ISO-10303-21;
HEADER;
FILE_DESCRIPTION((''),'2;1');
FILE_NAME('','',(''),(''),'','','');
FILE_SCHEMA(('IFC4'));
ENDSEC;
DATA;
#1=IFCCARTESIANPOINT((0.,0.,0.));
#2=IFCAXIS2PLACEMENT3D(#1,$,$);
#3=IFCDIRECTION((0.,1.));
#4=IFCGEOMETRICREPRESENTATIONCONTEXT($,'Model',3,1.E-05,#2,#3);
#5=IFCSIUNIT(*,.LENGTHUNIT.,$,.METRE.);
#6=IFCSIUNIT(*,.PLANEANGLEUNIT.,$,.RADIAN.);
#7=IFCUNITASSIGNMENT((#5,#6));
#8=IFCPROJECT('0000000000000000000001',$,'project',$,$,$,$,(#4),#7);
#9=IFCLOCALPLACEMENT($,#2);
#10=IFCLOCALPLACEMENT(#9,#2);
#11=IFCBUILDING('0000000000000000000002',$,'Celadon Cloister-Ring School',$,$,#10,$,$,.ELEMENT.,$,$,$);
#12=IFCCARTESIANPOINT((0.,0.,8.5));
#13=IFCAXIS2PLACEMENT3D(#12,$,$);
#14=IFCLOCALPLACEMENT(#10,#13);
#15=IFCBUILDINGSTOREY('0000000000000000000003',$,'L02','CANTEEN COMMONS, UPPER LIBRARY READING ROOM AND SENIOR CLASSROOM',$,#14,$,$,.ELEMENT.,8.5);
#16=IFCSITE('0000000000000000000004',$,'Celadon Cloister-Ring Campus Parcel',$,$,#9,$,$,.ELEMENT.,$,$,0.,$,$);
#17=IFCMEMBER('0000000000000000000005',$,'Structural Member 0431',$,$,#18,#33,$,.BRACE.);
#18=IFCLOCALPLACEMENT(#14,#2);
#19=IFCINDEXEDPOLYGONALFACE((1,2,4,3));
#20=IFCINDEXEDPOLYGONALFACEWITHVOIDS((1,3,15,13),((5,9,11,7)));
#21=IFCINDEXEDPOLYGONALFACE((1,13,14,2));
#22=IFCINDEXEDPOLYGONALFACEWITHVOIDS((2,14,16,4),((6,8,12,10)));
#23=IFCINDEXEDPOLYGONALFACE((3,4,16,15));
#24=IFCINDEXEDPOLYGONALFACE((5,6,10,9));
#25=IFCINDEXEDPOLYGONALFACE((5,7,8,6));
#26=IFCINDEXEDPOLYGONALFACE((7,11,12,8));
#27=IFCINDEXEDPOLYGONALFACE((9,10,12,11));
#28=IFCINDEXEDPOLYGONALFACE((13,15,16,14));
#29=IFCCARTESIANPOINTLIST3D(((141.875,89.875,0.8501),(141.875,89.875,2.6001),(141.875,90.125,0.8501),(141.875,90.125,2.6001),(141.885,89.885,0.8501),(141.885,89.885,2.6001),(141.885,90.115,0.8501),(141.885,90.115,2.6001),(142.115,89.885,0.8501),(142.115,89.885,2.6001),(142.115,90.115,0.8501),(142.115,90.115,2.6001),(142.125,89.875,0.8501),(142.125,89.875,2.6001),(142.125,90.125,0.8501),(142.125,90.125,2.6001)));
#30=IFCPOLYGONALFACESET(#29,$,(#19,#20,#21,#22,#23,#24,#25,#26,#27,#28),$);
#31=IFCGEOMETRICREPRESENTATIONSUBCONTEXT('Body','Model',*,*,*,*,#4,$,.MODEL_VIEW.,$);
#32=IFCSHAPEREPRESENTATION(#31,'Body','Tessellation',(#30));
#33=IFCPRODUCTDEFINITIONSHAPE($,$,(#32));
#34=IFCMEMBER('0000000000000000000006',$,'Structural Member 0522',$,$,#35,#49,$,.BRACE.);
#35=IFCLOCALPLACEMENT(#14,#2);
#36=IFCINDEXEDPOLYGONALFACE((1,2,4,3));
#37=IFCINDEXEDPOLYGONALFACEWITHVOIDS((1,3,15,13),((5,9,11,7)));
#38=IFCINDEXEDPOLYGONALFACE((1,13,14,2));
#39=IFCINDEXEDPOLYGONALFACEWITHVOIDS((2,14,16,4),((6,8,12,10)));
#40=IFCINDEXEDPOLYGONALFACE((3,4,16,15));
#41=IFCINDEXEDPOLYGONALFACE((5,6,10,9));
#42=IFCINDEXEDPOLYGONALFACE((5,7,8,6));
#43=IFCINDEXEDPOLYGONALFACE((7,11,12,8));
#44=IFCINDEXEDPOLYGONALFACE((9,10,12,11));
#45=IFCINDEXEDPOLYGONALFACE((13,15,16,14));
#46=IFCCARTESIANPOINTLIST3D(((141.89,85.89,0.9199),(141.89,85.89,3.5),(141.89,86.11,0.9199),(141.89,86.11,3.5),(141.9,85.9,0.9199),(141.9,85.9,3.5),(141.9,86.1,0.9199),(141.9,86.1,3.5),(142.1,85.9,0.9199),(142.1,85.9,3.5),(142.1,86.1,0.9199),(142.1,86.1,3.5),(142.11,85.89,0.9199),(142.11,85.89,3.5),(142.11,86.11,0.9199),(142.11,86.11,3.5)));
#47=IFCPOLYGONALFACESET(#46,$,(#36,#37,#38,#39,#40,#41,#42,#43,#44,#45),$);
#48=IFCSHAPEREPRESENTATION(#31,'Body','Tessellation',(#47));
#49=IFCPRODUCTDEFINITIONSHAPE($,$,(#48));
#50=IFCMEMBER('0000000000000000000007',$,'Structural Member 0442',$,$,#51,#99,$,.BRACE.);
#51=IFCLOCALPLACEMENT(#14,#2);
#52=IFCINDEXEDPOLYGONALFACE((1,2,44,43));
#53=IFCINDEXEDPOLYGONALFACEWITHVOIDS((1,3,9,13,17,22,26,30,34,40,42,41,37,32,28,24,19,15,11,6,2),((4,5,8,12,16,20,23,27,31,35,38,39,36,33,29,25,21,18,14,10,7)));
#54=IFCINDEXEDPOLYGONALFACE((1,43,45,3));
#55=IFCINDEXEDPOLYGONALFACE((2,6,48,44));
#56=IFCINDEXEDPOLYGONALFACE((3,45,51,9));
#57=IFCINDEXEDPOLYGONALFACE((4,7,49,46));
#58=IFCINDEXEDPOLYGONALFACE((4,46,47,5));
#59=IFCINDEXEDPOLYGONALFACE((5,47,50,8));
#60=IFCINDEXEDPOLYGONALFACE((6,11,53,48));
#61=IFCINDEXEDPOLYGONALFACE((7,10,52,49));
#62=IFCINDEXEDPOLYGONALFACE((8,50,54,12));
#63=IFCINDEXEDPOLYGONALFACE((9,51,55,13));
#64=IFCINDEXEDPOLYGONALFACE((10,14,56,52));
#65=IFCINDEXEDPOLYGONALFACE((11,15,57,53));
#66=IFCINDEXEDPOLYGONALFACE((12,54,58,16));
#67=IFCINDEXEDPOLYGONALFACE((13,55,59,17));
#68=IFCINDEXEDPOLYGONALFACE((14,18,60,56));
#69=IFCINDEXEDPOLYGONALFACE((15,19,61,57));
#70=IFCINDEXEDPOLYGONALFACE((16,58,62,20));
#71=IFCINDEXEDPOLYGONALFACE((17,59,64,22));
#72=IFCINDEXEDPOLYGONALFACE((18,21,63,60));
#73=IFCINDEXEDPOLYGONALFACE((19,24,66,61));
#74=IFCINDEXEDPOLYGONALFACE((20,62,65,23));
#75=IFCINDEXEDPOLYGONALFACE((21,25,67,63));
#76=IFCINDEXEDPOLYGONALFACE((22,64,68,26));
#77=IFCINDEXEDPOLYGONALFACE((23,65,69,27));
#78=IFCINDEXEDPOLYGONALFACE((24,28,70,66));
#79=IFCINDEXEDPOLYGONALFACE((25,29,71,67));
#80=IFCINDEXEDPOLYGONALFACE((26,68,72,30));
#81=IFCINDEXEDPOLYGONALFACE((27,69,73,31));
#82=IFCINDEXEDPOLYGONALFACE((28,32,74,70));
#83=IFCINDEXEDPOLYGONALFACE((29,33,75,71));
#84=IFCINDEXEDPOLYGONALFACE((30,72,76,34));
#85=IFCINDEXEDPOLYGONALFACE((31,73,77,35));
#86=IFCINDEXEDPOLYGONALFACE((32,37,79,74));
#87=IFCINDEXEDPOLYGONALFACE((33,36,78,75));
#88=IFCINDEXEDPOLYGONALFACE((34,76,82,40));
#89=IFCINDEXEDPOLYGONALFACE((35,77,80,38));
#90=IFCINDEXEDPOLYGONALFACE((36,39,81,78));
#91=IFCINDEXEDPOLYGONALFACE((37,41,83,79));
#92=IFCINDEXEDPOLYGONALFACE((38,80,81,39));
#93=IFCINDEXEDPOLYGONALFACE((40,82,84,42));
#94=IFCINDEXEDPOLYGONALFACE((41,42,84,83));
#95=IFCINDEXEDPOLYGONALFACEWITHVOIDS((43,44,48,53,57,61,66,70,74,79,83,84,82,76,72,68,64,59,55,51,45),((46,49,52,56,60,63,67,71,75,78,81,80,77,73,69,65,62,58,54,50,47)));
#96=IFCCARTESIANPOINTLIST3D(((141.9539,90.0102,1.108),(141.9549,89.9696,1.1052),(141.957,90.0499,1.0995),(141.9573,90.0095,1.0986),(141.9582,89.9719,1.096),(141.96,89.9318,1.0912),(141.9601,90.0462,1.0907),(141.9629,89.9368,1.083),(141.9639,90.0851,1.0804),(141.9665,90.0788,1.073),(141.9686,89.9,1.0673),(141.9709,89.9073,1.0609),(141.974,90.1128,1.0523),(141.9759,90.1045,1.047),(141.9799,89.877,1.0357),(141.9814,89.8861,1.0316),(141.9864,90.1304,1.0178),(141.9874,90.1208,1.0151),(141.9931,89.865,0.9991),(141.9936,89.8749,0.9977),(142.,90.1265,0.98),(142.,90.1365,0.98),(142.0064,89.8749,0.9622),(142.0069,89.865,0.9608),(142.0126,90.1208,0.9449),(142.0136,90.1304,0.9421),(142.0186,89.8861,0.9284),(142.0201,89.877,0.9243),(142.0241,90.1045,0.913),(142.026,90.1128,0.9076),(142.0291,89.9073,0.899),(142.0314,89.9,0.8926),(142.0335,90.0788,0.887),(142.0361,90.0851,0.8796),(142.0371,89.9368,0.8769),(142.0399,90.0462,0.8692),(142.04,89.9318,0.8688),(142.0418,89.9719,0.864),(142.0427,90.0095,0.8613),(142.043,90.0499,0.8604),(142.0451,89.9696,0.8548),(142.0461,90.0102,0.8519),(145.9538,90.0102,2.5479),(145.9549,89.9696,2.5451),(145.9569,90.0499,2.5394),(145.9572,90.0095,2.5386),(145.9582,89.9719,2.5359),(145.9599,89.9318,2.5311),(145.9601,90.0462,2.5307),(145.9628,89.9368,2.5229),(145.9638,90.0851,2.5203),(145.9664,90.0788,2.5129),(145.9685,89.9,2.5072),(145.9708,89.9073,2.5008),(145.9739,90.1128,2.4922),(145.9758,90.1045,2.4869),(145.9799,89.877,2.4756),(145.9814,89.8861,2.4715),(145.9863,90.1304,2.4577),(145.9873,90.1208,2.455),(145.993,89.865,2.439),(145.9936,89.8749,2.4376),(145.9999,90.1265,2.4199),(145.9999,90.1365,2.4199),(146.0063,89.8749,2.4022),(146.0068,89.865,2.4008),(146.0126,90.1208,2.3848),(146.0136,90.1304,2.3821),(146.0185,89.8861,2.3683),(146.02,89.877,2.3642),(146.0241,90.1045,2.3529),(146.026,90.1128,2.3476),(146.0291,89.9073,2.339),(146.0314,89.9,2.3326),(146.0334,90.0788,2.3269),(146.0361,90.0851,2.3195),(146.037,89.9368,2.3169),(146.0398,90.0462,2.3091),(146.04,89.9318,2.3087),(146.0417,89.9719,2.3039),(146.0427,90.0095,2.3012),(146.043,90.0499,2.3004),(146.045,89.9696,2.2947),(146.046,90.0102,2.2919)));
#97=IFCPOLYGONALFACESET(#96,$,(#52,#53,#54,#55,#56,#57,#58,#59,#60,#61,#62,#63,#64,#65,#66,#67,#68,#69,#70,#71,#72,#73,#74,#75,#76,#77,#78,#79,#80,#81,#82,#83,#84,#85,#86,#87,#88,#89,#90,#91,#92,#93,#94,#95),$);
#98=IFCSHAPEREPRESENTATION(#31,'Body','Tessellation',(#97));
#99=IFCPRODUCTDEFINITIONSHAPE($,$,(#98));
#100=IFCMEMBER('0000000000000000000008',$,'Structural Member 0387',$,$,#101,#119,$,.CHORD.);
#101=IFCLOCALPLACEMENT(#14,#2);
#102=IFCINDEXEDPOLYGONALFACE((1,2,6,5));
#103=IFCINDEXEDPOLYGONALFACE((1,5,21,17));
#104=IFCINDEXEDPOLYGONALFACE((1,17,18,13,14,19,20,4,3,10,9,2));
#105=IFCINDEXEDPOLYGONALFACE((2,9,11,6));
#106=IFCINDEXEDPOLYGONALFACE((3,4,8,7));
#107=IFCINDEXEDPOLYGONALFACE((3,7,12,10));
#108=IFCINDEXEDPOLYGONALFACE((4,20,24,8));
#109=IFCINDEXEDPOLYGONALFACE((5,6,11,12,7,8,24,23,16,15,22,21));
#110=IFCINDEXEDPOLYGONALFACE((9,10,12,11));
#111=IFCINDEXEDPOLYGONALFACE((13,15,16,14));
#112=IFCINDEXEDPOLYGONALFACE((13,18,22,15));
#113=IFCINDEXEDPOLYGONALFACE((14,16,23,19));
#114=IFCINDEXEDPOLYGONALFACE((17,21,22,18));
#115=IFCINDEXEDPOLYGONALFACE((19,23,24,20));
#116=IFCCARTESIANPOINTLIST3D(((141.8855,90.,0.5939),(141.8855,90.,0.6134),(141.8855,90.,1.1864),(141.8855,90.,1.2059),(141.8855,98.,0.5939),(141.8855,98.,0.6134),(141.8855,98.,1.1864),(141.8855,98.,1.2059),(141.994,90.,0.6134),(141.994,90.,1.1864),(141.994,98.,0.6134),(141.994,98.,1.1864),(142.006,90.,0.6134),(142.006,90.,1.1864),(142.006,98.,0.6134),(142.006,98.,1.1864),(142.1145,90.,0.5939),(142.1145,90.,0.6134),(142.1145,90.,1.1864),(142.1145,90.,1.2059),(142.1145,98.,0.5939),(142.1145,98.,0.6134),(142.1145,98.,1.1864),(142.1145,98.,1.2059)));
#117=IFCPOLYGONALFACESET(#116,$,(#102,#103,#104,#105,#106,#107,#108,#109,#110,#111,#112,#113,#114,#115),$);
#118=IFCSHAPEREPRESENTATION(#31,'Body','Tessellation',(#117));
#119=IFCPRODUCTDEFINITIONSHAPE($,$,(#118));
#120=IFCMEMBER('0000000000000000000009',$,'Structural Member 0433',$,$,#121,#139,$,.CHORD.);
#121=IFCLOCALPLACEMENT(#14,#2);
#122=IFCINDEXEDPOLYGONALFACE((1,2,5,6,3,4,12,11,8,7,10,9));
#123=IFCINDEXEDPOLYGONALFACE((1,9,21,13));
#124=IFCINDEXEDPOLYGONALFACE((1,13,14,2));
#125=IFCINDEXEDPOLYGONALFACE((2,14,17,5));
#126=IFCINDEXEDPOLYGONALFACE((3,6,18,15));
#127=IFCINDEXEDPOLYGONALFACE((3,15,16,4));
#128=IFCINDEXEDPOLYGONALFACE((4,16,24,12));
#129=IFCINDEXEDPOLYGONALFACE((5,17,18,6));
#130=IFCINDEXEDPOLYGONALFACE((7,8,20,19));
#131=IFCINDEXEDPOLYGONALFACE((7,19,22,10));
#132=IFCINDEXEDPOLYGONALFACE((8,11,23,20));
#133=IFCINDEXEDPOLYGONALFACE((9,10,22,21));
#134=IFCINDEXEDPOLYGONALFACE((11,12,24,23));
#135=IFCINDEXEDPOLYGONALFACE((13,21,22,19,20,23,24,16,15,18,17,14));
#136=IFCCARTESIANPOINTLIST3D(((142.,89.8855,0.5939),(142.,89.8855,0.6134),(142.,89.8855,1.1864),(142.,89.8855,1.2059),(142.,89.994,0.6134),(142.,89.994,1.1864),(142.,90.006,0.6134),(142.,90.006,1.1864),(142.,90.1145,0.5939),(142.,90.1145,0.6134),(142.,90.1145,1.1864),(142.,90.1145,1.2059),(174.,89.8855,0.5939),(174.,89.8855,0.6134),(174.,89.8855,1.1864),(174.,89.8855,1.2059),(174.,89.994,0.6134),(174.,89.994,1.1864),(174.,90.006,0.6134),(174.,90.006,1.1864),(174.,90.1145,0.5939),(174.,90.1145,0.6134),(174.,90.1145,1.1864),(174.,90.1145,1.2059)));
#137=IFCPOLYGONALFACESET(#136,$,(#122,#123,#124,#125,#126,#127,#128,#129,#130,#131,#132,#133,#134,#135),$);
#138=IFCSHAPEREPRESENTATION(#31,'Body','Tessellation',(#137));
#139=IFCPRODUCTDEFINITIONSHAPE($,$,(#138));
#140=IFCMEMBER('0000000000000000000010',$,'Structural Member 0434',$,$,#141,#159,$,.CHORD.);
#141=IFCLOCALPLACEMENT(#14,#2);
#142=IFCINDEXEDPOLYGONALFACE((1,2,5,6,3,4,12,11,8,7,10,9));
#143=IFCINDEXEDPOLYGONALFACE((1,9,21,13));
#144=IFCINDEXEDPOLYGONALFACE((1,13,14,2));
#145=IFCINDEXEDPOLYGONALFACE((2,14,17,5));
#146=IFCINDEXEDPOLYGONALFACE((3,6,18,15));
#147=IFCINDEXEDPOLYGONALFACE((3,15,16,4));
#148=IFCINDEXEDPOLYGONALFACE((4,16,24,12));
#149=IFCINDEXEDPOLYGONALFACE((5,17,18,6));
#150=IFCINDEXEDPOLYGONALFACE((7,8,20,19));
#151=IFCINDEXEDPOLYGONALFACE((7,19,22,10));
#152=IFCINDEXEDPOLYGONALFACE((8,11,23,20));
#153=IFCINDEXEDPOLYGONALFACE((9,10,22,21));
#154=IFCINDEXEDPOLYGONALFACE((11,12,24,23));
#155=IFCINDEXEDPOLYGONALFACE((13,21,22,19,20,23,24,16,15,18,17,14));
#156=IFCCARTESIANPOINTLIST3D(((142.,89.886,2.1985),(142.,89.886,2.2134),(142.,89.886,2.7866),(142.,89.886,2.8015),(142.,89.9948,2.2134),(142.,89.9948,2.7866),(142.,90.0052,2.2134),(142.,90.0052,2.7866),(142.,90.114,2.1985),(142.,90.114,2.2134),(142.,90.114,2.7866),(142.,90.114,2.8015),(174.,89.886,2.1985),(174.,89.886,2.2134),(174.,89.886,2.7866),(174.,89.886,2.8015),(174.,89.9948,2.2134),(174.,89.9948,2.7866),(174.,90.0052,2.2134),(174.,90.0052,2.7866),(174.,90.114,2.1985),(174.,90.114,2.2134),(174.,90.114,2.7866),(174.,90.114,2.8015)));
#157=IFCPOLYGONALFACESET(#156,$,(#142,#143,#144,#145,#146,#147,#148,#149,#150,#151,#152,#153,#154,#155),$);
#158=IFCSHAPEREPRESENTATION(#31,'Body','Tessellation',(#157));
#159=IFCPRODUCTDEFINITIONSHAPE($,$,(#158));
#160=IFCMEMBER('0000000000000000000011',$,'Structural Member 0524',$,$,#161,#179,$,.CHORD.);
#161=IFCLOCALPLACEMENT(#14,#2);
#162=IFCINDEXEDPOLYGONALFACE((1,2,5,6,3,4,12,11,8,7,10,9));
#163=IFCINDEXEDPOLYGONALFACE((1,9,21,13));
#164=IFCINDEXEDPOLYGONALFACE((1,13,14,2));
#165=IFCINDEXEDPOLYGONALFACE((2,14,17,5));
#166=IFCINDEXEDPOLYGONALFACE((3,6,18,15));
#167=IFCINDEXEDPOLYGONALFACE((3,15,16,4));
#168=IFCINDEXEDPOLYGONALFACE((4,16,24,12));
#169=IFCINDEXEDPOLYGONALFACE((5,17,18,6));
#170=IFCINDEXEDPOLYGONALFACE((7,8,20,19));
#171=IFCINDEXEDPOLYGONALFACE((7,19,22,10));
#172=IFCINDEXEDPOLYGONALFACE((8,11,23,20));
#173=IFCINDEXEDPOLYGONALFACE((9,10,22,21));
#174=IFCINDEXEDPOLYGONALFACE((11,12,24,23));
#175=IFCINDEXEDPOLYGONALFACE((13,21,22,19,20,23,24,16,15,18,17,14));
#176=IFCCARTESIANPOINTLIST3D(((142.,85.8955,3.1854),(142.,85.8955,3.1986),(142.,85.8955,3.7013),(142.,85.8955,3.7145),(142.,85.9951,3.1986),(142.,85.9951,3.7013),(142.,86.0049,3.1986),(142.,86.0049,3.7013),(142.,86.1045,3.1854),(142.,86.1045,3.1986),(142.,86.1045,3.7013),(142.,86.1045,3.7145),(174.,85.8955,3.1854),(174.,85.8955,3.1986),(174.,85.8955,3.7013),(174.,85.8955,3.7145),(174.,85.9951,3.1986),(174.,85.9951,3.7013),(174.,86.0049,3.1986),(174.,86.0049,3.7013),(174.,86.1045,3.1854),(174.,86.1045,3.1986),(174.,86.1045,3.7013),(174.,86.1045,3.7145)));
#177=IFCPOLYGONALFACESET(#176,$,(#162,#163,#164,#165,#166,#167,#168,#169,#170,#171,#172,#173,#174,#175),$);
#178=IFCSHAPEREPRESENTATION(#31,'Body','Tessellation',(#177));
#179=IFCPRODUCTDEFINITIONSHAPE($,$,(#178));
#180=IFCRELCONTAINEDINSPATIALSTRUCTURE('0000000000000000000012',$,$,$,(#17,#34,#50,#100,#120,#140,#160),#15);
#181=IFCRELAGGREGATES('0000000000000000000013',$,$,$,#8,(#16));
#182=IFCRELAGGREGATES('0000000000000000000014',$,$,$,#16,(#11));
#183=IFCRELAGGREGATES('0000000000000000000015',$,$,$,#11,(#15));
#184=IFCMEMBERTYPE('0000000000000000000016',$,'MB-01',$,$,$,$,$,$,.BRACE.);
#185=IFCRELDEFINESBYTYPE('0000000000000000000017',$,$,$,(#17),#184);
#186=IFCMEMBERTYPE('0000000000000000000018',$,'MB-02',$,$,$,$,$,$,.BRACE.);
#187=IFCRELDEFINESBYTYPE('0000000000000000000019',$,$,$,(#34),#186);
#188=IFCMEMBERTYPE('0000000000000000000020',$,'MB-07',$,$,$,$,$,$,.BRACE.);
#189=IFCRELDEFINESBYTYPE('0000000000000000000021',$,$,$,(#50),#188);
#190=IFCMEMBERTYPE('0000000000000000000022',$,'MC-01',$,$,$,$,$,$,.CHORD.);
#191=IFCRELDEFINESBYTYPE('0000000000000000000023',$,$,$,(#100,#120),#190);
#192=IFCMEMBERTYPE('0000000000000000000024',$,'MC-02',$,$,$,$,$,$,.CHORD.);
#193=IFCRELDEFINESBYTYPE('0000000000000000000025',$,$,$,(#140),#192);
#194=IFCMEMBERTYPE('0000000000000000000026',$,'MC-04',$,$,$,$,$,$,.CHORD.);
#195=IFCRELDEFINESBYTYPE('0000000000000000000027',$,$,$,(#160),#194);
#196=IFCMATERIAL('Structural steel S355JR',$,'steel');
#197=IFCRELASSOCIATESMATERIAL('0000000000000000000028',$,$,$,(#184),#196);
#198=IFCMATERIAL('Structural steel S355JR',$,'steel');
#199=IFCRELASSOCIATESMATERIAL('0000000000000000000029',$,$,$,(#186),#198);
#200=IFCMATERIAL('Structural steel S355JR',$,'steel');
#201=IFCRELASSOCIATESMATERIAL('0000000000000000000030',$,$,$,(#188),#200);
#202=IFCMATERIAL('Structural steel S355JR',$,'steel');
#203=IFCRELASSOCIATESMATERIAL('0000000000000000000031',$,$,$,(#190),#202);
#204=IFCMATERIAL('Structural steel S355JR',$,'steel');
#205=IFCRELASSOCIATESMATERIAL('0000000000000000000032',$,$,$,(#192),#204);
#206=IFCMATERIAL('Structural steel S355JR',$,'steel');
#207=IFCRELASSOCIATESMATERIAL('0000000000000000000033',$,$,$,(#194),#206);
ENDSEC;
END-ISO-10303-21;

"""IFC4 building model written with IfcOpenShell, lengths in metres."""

from ifc_helpers import new_model, si_unit, direction, frame, origin, origin_2d, place, context, subcontext, project, spatial, hollow_rectangle, hollow_circle, i_section, extrude, material, material_profile, profile_set, type_object, element, save


model = new_model("IFC4")

# Units and contexts
model_context = context("Model", 3, precision=1e-05, world=origin(), true_north=direction((0.0, 1.0)))
body_context = subcontext(model_context, "Body", "Model", "MODEL_VIEW")
ifc_project = project(units=[si_unit("LENGTHUNIT", "METRE"), si_unit("PLANEANGLEUNIT", "RADIAN")], contexts=[model_context])

# Site, building, storey
site_placement = place(None, origin())
site = spatial("IfcSite", under=ifc_project, at=site_placement, Name="Celadon Cloister-Ring Campus Parcel", CompositionType="ELEMENT", RefElevation=0.0)
building_placement = place(site_placement, origin())
building = spatial("IfcBuilding", under=site, at=building_placement, Name="Celadon Cloister-Ring School", CompositionType="ELEMENT")
storey_placement = place(building_placement, frame((0.0, 0.0, 8.5)))
storey = spatial("IfcBuildingStorey", under=building, at=storey_placement, Name="L02", Description="CANTEEN COMMONS, UPPER LIBRARY READING ROOM AND SENIOR CLASSROOM", CompositionType="ELEMENT", Elevation=8.5)

# Members
ifc_material_1 = material(Name="Structural steel S355JR", Category="steel")
ifc_material_profile_1 = material_profile(ifc_material_1, hollow_rectangle(XDim=0.25, YDim=0.25, WallThickness=0.01, at=origin_2d()), Name="HSS250X250X10")
ifc_profile_set_1 = profile_set([ifc_material_profile_1], Name="Structural steel S355JR")
member_type_1 = type_object("IfcMemberType", Name="MB-01", PredefinedType="BRACE", material=ifc_profile_set_1)
member_1_placement = place(storey_placement, frame((142.0, 90.0, 0.8501), z_axis=(0.0, 0.0, 1.0), x_axis=(1.0, 0.0, 0.0)))
element("IfcMember", 1, at=member_1_placement, inside=storey, type_object=member_type_1, Name="Structural Member 0431", PredefinedType="BRACE", context=body_context, shape_type="SweptSolid", body=[
    extrude(hollow_rectangle(XDim=0.25, YDim=0.25, WallThickness=0.01, at=origin_2d()), origin(), (0.0, 0.0, 1.0), 1.75),
])
ifc_material_2 = material(Name="Structural steel S355JR", Category="steel")
ifc_material_profile_2 = material_profile(ifc_material_2, hollow_rectangle(XDim=0.22, YDim=0.22, WallThickness=0.01, at=origin_2d()), Name="HSS220X220X10")
ifc_profile_set_2 = profile_set([ifc_material_profile_2], Name="Structural steel S355JR")
member_type_2 = type_object("IfcMemberType", Name="MB-02", PredefinedType="BRACE", material=ifc_profile_set_2)
member_2_placement = place(storey_placement, frame((142.0, 86.0, 0.9199), z_axis=(0.0, 0.0, 1.0), x_axis=(1.0, 0.0, 0.0)))
element("IfcMember", 2, at=member_2_placement, inside=storey, type_object=member_type_2, Name="Structural Member 0522", PredefinedType="BRACE", context=body_context, shape_type="SweptSolid", body=[
    extrude(hollow_rectangle(XDim=0.22, YDim=0.22, WallThickness=0.01, at=origin_2d()), origin(), (0.0, 0.0, 1.0), 2.5801),
])
ifc_material_3 = material(Name="Structural steel S355JR", Category="steel")
ifc_material_profile_3 = material_profile(ifc_material_3, hollow_circle(Radius=0.1365, WallThickness=0.01, at=origin_2d()), Name="CHS273.0X10")
ifc_profile_set_3 = profile_set([ifc_material_profile_3], Name="Structural steel S355JR")
member_type_3 = type_object("IfcMemberType", Name="MB-07", PredefinedType="BRACE", material=ifc_profile_set_3)
member_3_placement = place(storey_placement, frame((142.0, 90.0, 0.98), z_axis=(0.940892, 0.0, 0.338707), x_axis=(0.0, 1.0, 0.0)))
element("IfcMember", 3, at=member_3_placement, inside=storey, type_object=member_type_3, Name="Structural Member 0442", PredefinedType="BRACE", context=body_context, shape_type="SweptSolid", body=[
    extrude(hollow_circle(Radius=0.1365, WallThickness=0.01, at=origin_2d()), origin(), (0.0, 0.0, 1.0), 4.2512),
])
ifc_material_4 = material(Name="Structural steel S355JR", Category="steel")
ifc_material_profile_4 = material_profile(ifc_material_4, i_section(OverallWidth=0.229, OverallDepth=0.6121, WebThickness=0.012, FlangeThickness=0.0195, at=origin_2d()), Name="W610X125")
ifc_profile_set_4 = profile_set([ifc_material_profile_4], Name="Structural steel S355JR")
member_type_4 = type_object("IfcMemberType", Name="MC-01", PredefinedType="CHORD", material=ifc_profile_set_4)
member_4_placement = place(storey_placement, frame((142.0, 90.0, 0.8999), z_axis=(0.0, 1.0, 0.0), x_axis=(-1.0, 0.0, 0.0)))
element("IfcMember", 4, at=member_4_placement, inside=storey, type_object=member_type_4, Name="Structural Member 0387", PredefinedType="CHORD", context=body_context, shape_type="SweptSolid", body=[
    extrude(i_section(OverallWidth=0.229, OverallDepth=0.6121, WebThickness=0.012, FlangeThickness=0.0195, at=origin_2d()), origin(), (0.0, 0.0, 1.0), 8.0),
])
member_5_placement = place(storey_placement, frame((142.0, 90.0, 0.8999), z_axis=(1.0, 0.0, 0.0), x_axis=(0.0, 1.0, 0.0)))
element("IfcMember", 5, at=member_5_placement, inside=storey, type_object=member_type_4, Name="Structural Member 0433", PredefinedType="CHORD", context=body_context, shape_type="SweptSolid", body=[
    extrude(i_section(OverallWidth=0.229, OverallDepth=0.6121, WebThickness=0.012, FlangeThickness=0.0195, at=origin_2d()), origin(), (0.0, 0.0, 1.0), 32.0),
])
ifc_material_5 = material(Name="Structural steel S355JR", Category="steel")
ifc_material_profile_5 = material_profile(ifc_material_5, i_section(OverallWidth=0.228, OverallDepth=0.603, WebThickness=0.0105, FlangeThickness=0.0149, at=origin_2d()), Name="W610X101")
ifc_profile_set_5 = profile_set([ifc_material_profile_5], Name="Structural steel S355JR")
member_type_5 = type_object("IfcMemberType", Name="MC-02", PredefinedType="CHORD", material=ifc_profile_set_5)
member_6_placement = place(storey_placement, frame((142.0, 90.0, 2.5), z_axis=(1.0, 0.0, 0.0), x_axis=(0.0, 1.0, 0.0)))
element("IfcMember", 6, at=member_6_placement, inside=storey, type_object=member_type_5, Name="Structural Member 0434", PredefinedType="CHORD", context=body_context, shape_type="SweptSolid", body=[
    extrude(i_section(OverallWidth=0.228, OverallDepth=0.603, WebThickness=0.0105, FlangeThickness=0.0149, at=origin_2d()), origin(), (0.0, 0.0, 1.0), 32.0),
])
ifc_material_6 = material(Name="Structural steel S355JR", Category="steel")
ifc_material_profile_6 = material_profile(ifc_material_6, i_section(OverallWidth=0.209, OverallDepth=0.5291, WebThickness=0.0098, FlangeThickness=0.0132, at=origin_2d()), Name="W530X74")
ifc_profile_set_6 = profile_set([ifc_material_profile_6], Name="Structural steel S355JR")
member_type_6 = type_object("IfcMemberType", Name="MC-04", PredefinedType="CHORD", material=ifc_profile_set_6)
member_7_placement = place(storey_placement, frame((142.0, 86.0, 3.45), z_axis=(1.0, 0.0, 0.0), x_axis=(0.0, 1.0, 0.0)))
element("IfcMember", 7, at=member_7_placement, inside=storey, type_object=member_type_6, Name="Structural Member 0524", PredefinedType="CHORD", context=body_context, shape_type="SweptSolid", body=[
    extrude(i_section(OverallWidth=0.209, OverallDepth=0.5291, WebThickness=0.0098, FlangeThickness=0.0132, at=origin_2d()), origin(), (0.0, 0.0, 1.0), 32.0),
])

save(model, "model.ifc")
